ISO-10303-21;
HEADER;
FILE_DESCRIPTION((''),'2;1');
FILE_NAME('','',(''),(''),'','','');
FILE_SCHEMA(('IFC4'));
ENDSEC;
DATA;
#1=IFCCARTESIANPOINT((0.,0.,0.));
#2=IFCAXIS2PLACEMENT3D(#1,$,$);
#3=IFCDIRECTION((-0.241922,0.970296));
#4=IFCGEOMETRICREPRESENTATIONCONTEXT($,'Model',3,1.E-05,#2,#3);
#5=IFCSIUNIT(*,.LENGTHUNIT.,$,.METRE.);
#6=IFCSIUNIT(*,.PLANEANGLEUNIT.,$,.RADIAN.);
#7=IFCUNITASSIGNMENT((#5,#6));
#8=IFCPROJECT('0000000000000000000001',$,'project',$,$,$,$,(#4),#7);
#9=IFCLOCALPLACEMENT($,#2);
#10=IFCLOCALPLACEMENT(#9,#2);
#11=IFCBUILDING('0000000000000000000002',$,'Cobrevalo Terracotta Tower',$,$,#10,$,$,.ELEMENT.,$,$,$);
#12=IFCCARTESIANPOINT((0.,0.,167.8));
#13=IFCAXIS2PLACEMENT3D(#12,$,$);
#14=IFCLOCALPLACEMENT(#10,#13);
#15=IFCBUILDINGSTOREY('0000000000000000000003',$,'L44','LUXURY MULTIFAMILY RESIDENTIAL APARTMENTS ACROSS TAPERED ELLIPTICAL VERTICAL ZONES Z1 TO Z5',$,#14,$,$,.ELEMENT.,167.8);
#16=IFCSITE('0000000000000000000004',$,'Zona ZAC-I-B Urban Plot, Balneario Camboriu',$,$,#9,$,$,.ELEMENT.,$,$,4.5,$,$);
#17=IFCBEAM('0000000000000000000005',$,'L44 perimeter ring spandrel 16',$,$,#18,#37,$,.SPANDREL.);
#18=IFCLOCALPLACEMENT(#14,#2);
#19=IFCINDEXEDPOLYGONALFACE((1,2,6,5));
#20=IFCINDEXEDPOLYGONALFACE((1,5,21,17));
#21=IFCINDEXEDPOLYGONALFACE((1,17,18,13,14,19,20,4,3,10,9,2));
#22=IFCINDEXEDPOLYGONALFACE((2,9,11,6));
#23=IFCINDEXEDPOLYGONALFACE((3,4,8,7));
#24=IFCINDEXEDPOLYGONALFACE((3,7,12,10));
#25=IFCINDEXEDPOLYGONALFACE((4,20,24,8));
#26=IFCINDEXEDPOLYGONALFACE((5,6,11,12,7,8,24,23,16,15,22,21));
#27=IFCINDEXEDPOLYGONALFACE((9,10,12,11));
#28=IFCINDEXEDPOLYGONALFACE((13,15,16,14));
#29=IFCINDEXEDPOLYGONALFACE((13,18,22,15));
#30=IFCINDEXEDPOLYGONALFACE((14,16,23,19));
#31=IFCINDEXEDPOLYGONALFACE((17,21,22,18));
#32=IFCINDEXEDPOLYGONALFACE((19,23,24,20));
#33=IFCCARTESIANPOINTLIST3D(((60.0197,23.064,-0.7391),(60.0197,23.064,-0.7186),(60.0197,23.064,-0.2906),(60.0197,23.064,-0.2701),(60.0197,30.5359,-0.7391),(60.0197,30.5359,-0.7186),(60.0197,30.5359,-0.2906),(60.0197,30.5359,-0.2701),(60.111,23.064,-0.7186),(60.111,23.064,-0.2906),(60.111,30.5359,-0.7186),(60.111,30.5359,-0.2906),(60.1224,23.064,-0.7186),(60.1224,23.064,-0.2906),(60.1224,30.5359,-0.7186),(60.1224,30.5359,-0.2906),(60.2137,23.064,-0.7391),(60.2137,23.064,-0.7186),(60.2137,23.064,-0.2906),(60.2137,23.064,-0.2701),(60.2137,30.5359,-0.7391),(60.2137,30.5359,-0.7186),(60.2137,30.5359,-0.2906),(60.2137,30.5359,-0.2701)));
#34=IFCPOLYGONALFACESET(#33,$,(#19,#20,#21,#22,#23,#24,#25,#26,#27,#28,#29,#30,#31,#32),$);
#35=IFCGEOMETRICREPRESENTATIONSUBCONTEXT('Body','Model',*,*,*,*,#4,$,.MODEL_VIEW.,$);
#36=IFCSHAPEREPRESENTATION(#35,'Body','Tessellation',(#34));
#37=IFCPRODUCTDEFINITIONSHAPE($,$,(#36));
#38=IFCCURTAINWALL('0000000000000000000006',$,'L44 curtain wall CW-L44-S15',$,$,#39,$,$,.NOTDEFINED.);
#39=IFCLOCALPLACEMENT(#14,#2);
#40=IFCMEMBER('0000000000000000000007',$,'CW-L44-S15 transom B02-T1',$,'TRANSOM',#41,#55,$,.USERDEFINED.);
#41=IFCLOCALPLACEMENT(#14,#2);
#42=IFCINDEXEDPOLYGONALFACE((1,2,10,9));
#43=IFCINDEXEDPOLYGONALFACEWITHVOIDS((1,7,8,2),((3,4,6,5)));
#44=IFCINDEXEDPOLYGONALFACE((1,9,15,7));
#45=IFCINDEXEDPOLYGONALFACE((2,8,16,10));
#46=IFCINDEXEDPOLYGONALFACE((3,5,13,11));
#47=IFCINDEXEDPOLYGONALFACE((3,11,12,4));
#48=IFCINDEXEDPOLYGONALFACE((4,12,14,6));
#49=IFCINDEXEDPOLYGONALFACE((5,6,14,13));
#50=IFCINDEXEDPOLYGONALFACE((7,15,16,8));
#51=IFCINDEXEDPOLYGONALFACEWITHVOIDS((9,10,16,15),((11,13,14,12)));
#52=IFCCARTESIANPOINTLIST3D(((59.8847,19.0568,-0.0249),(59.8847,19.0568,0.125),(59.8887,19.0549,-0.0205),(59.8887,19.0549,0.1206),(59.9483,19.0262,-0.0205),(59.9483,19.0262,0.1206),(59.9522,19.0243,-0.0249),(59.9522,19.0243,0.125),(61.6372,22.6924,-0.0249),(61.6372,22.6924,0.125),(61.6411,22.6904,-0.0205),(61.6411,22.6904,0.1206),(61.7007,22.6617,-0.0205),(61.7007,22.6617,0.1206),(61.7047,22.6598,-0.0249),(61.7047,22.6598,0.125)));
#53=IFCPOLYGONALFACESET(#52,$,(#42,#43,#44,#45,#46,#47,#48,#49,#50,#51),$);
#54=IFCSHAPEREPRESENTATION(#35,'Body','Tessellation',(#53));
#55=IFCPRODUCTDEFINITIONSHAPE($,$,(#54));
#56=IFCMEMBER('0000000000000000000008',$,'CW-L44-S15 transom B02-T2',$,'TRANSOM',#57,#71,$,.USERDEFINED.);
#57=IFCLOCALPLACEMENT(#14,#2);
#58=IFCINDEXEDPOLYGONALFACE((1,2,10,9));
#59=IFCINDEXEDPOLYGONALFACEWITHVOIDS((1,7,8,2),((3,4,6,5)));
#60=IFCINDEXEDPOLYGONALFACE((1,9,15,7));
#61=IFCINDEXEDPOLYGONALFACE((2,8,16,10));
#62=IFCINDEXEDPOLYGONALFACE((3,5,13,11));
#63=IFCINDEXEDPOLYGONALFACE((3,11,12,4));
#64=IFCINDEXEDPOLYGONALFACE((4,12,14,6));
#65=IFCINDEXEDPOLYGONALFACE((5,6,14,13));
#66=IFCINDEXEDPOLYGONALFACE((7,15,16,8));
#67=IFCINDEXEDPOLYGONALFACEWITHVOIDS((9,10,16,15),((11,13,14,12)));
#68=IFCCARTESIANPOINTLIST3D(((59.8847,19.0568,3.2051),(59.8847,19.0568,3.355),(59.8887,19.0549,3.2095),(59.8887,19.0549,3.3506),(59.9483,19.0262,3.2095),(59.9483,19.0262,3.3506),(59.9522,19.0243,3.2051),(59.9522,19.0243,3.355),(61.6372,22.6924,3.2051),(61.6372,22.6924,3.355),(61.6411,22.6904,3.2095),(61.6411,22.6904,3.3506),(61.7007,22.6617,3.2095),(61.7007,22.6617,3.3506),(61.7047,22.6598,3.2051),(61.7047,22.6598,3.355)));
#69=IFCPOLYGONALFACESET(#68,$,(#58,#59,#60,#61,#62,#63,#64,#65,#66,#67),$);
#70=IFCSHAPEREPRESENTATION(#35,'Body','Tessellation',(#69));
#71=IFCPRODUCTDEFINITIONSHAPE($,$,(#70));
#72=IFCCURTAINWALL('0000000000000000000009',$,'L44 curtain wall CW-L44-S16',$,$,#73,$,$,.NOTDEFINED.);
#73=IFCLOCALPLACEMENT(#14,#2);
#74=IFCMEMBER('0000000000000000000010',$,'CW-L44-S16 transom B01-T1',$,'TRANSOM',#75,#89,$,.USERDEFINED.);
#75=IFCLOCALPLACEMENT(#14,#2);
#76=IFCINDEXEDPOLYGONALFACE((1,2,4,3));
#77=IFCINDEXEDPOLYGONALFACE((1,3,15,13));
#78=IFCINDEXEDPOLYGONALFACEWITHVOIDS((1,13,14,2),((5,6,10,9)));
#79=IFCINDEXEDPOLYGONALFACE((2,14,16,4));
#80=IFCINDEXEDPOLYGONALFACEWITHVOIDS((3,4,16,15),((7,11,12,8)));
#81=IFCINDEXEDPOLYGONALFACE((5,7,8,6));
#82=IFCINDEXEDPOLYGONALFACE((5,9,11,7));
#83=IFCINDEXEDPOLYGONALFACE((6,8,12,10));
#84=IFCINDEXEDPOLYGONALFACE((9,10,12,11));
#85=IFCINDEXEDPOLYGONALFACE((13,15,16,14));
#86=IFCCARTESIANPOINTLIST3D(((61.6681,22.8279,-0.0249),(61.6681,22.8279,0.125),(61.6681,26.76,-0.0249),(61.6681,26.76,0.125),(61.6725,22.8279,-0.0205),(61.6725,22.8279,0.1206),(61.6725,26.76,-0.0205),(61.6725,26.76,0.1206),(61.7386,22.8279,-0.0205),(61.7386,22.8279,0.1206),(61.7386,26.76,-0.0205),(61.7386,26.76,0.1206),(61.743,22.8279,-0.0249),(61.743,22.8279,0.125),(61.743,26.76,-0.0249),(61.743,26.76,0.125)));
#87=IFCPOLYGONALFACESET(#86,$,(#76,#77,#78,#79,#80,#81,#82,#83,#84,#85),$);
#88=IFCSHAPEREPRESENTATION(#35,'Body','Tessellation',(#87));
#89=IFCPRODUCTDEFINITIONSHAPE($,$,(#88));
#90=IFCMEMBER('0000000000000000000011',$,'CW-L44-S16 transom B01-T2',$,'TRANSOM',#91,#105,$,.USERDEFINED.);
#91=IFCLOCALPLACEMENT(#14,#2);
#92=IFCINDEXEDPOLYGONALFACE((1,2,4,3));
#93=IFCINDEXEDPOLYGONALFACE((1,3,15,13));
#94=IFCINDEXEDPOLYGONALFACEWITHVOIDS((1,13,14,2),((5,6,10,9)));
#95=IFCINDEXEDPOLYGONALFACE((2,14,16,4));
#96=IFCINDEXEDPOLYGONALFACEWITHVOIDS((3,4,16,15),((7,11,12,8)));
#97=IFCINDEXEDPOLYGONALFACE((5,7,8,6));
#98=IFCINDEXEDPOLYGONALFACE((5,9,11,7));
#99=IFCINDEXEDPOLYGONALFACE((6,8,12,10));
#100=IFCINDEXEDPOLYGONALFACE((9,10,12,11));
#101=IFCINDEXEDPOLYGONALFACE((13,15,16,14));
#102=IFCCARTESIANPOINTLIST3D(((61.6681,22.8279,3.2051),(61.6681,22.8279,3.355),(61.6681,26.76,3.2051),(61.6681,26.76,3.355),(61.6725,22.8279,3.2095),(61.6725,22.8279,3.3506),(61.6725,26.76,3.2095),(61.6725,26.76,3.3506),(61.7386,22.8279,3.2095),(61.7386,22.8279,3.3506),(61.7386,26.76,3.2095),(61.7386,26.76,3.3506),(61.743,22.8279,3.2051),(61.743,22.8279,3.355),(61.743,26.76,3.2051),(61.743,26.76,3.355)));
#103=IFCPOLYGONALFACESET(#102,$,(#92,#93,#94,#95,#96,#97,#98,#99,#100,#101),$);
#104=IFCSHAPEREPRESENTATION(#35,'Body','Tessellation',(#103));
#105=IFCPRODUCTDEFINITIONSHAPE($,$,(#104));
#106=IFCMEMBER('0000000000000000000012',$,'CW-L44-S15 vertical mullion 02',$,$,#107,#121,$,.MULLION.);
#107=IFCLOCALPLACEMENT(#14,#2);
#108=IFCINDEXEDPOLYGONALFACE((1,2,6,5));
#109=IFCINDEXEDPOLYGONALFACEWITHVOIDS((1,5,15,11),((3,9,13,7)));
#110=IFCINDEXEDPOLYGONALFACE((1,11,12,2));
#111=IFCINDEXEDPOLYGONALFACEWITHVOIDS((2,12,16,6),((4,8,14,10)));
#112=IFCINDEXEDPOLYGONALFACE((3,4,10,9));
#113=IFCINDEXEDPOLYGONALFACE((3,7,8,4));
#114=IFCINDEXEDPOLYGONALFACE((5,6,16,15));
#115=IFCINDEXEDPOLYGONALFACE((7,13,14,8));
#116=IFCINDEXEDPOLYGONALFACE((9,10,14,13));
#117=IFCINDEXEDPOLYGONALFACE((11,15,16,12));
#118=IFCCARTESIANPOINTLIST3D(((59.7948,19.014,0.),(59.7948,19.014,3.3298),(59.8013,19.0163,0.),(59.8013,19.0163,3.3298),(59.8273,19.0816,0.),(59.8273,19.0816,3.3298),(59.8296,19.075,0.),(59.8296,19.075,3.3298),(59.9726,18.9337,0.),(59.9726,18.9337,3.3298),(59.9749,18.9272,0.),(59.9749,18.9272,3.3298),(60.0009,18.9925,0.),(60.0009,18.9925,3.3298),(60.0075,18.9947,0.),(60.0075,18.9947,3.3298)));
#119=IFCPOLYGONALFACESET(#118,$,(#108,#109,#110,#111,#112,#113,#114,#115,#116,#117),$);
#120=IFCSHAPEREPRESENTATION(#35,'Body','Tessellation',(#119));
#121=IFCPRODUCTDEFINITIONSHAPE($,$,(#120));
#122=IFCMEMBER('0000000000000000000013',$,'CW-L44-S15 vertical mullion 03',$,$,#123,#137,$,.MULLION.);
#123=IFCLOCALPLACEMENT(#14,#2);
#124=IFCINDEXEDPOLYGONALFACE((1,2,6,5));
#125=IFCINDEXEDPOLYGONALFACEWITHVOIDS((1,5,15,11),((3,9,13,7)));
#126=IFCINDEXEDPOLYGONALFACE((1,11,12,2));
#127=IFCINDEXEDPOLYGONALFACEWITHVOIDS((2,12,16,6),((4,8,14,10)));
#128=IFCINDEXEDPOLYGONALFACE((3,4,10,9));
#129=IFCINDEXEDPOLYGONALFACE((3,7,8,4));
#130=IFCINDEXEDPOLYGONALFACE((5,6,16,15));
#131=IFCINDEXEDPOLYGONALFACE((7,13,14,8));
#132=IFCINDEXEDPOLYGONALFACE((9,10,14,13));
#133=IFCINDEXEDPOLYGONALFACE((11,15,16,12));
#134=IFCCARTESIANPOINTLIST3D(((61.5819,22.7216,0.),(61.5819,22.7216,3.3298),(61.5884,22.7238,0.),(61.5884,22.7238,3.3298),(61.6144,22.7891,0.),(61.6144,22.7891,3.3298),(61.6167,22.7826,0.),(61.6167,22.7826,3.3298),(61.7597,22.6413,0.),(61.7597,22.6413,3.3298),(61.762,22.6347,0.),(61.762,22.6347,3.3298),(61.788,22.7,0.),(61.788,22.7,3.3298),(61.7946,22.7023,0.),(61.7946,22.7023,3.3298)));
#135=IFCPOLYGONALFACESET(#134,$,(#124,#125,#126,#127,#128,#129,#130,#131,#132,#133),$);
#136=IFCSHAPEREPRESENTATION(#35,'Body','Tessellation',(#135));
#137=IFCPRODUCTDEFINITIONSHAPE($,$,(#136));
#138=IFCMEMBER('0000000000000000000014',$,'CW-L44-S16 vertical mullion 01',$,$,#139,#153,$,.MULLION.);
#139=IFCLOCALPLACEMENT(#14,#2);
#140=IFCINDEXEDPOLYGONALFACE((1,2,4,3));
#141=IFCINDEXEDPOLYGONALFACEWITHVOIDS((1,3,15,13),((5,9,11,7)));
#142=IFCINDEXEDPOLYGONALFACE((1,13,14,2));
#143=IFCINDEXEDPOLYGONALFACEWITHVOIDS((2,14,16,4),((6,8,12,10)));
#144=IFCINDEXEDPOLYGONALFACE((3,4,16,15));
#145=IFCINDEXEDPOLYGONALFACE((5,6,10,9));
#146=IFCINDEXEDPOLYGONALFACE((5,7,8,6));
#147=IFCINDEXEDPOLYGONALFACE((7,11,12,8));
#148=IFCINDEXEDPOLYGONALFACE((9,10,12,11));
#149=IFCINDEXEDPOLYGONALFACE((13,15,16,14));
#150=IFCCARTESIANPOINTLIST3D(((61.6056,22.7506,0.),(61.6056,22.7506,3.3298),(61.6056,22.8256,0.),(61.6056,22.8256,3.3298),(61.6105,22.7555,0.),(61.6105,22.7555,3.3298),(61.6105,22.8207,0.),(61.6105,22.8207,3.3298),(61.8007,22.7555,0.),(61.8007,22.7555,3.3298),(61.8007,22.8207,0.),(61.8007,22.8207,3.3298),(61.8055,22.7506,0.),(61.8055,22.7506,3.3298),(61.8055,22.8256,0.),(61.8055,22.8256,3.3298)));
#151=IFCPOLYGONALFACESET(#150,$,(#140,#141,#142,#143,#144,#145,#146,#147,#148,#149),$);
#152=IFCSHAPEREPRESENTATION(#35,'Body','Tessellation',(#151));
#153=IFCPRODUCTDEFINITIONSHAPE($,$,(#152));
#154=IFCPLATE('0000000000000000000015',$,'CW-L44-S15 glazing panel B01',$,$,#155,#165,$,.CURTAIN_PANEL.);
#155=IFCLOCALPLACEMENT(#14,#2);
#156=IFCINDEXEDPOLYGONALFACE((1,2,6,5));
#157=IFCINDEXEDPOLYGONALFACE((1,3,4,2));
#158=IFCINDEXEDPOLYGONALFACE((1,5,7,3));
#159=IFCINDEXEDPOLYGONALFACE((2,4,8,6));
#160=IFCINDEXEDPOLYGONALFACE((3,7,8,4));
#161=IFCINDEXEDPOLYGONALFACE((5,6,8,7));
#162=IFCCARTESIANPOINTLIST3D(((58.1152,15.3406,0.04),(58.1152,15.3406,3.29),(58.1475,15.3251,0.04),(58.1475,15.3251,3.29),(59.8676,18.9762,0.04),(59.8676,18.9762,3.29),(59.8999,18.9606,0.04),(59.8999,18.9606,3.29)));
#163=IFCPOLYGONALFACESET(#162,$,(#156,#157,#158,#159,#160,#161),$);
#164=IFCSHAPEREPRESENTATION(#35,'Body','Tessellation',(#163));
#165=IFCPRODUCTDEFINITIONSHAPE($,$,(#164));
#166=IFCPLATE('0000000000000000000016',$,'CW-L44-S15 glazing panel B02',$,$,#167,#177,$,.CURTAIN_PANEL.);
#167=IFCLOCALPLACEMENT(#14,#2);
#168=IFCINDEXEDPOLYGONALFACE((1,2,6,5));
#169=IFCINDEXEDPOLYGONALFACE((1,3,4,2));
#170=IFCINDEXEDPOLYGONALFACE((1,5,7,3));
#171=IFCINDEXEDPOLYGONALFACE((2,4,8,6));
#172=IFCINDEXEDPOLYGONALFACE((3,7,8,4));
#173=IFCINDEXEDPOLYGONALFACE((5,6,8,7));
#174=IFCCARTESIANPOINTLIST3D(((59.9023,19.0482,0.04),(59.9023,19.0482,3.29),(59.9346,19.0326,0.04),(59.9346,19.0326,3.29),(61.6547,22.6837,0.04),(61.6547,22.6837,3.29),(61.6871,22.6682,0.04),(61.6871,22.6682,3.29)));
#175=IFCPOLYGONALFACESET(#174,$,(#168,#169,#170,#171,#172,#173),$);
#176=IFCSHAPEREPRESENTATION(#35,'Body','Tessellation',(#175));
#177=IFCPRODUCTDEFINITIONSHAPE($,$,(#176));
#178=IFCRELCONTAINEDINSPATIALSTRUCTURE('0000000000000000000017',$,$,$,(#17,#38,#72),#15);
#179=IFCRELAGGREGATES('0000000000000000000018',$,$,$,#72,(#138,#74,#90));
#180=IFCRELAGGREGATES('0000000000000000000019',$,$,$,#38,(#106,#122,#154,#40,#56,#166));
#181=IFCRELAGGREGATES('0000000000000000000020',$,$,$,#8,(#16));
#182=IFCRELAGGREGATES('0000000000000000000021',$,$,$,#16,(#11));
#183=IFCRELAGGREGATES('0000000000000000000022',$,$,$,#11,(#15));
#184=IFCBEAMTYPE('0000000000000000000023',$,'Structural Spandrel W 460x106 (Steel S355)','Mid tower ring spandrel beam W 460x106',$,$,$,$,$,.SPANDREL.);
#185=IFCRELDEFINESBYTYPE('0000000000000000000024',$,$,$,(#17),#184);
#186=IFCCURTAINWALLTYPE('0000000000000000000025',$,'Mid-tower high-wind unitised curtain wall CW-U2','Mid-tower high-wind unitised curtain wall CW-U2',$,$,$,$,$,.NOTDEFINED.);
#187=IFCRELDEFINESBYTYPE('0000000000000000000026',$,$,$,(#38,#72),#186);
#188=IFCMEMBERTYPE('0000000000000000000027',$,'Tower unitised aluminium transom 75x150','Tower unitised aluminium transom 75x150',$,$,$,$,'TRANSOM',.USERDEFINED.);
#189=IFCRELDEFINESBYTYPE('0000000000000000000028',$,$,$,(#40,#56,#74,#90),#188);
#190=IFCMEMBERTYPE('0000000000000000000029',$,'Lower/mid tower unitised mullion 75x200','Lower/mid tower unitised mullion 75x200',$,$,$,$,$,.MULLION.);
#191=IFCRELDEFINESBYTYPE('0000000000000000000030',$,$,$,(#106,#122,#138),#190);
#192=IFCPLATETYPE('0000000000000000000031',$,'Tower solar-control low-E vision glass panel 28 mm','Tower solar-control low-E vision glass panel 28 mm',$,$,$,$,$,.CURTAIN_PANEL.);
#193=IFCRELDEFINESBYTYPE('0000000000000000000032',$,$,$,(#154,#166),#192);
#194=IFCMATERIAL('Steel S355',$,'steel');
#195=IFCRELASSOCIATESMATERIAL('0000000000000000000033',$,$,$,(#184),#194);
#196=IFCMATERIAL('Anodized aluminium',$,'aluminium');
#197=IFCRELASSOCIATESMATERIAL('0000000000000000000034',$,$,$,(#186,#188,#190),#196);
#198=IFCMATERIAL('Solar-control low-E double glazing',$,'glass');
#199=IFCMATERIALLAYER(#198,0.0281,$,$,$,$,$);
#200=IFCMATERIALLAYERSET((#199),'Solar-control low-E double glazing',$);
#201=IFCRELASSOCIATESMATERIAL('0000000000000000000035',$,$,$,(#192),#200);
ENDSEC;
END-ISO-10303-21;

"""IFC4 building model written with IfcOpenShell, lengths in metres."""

from ifc_helpers import new_model, si_unit, direction, frame, origin, origin_2d, place, context, subcontext, project, spatial, rectangle, hollow_rectangle, i_section, extrude, source, transform, mapped, material, layer, layer_set, material_profile, profile_set, type_object, element, aggregate, save


model = new_model("IFC4")

# Units and contexts
model_context = context("Model", 3, precision=1e-05, world=origin(), true_north=direction((-0.241922, 0.970296)))
body_context = subcontext(model_context, "Body", "Model", "MODEL_VIEW")
ifc_project = project(units=[si_unit("LENGTHUNIT", "METRE"), si_unit("PLANEANGLEUNIT", "RADIAN")], contexts=[model_context])

# Site, building, storey
site_placement = place(None, origin())
site = spatial("IfcSite", under=ifc_project, at=site_placement, Name="Zona ZAC-I-B Urban Plot, Balneario Camboriu", CompositionType="ELEMENT", RefElevation=4.5)
building_placement = place(site_placement, origin())
building = spatial("IfcBuilding", under=site, at=building_placement, Name="Cobrevalo Terracotta Tower", CompositionType="ELEMENT")
storey_placement = place(building_placement, frame((0.0, 0.0, 167.8)))
storey = spatial("IfcBuildingStorey", under=building, at=storey_placement, Name="L44", Description="LUXURY MULTIFAMILY RESIDENTIAL APARTMENTS ACROSS TAPERED ELLIPTICAL VERTICAL ZONES Z1 TO Z5", CompositionType="ELEMENT", Elevation=167.8)

# Shared definitions
ifc_material_1 = material(Name="Steel S355", Category="steel")

# Beam
ifc_material_profile_1 = material_profile(ifc_material_1, i_section(OverallWidth=0.1941, OverallDepth=0.469, WebThickness=0.0115, FlangeThickness=0.0205, at=origin_2d()), Name="W 460x106")
ifc_profile_set_1 = profile_set([ifc_material_profile_1], Name="Steel S355")
beam_type_1 = type_object("IfcBeamType", Name="Structural Spandrel W 460x106 (Steel S355)", Description="Mid tower ring spandrel beam W 460x106", PredefinedType="SPANDREL", material=ifc_profile_set_1)
beam_1_placement = place(storey_placement, frame((60.1167, 23.064, -0.5046), z_axis=(0.0, 1.0, 0.0), x_axis=(-1.0, 0.0, 0.0)))
element("IfcBeam", 1, at=beam_1_placement, inside=storey, type_object=beam_type_1, Name="L44 perimeter ring spandrel 16", PredefinedType="SPANDREL", context=body_context, shape_type="SweptSolid", body=[
    extrude(i_section(OverallWidth=0.1941, OverallDepth=0.469, WebThickness=0.0115, FlangeThickness=0.0205, at=origin_2d()), origin(), (0.0, 0.0, 1.0), 7.4719),
])

# Curtain walls, members
ifc_material_2 = material(Name="Anodized aluminium", Category="aluminium")
curtain_wall_type = type_object("IfcCurtainWallType", Name="Mid-tower high-wind unitised curtain wall CW-U2", Description="Mid-tower high-wind unitised curtain wall CW-U2", PredefinedType="NOTDEFINED", material=ifc_material_2)
curtain_wall_1_placement = place(storey_placement, origin())
curtain_wall_1 = element("IfcCurtainWall", 2, at=curtain_wall_1_placement, inside=storey, type_object=curtain_wall_type, Name="L44 curtain wall CW-L44-S15", PredefinedType="NOTDEFINED")
ifc_material_profile_2 = material_profile(ifc_material_2, hollow_rectangle(XDim=0.075, YDim=0.1499, WallThickness=0.0044, at=origin_2d()), Name="CWT 75x150")
ifc_profile_set_2 = profile_set([ifc_material_profile_2], Name="Anodized aluminium")
member_type_1 = type_object("IfcMemberType", Name="Tower unitised aluminium transom 75x150", Description="Tower unitised aluminium transom 75x150", ElementType="TRANSOM", PredefinedType="USERDEFINED", material=ifc_profile_set_2)
shared_shape_1 = source(origin(), body_context, "Body", "SweptSolid", [
    extrude(hollow_rectangle(XDim=0.075, YDim=0.1499, WallThickness=0.0044, at=origin_2d()), origin(), (0.0, 0.0, 1.0), 4.0359),
])
member_1_placement = place(storey_placement, frame((59.9185, 19.0405, 0.05), z_axis=(0.434221, 0.900806, 0.0), x_axis=(-0.900806, 0.434221, 0.0)))
member_1 = element("IfcMember", 3, at=member_1_placement, type_object=member_type_1, Name="CW-L44-S15 transom B02-T1", ObjectType="TRANSOM", PredefinedType="USERDEFINED", context=body_context, shape_type="MappedRepresentation", body=[
    mapped(shared_shape_1, transform((0.0, 0.0, 0.0), scale=1.0)),
])
member_2_placement = place(storey_placement, frame((59.9185, 19.0405, 3.28), z_axis=(0.434221, 0.900806, 0.0), x_axis=(-0.900806, 0.434221, 0.0)))
member_2 = element("IfcMember", 4, at=member_2_placement, type_object=member_type_1, Name="CW-L44-S15 transom B02-T2", ObjectType="TRANSOM", PredefinedType="USERDEFINED", context=body_context, shape_type="MappedRepresentation", body=[
    mapped(shared_shape_1, transform((0.0, 0.0, 0.0), scale=1.0)),
])
curtain_wall_2_placement = place(storey_placement, origin())
curtain_wall_2 = element("IfcCurtainWall", 5, at=curtain_wall_2_placement, inside=storey, type_object=curtain_wall_type, Name="L44 curtain wall CW-L44-S16", PredefinedType="NOTDEFINED")
shared_shape_2 = source(origin(), body_context, "Body", "SweptSolid", [
    extrude(hollow_rectangle(XDim=0.075, YDim=0.1499, WallThickness=0.0044, at=origin_2d()), origin(), (0.0, 0.0, 1.0), 3.9321),
])
member_3_placement = place(storey_placement, frame((61.7056, 22.8279, 0.05), z_axis=(0.0, 1.0, 0.0), x_axis=(-1.0, 0.0, 0.0)))
member_3 = element("IfcMember", 6, at=member_3_placement, type_object=member_type_1, Name="CW-L44-S16 transom B01-T1", ObjectType="TRANSOM", PredefinedType="USERDEFINED", context=body_context, shape_type="MappedRepresentation", body=[
    mapped(shared_shape_2, transform((0.0, 0.0, 0.0), scale=1.0)),
])
member_4_placement = place(storey_placement, frame((61.7056, 22.8279, 3.28), z_axis=(0.0, 1.0, 0.0), x_axis=(-1.0, 0.0, 0.0)))
member_4 = element("IfcMember", 7, at=member_4_placement, type_object=member_type_1, Name="CW-L44-S16 transom B01-T2", ObjectType="TRANSOM", PredefinedType="USERDEFINED", context=body_context, shape_type="MappedRepresentation", body=[
    mapped(shared_shape_2, transform((0.0, 0.0, 0.0), scale=1.0)),
])

# Members
ifc_material_profile_3 = material_profile(ifc_material_2, hollow_rectangle(XDim=0.075, YDim=0.2, WallThickness=0.0049, at=origin_2d()), Name="CWM 75x200")
ifc_profile_set_3 = profile_set([ifc_material_profile_3], Name="Anodized aluminium")
member_type_2 = type_object("IfcMemberType", Name="Lower/mid tower unitised mullion 75x200", Description="Lower/mid tower unitised mullion 75x200", PredefinedType="MULLION", material=ifc_profile_set_3)
shared_shape_3 = source(origin(), body_context, "Body", "SweptSolid", [
    extrude(hollow_rectangle(XDim=0.075, YDim=0.2, WallThickness=0.0049, at=origin_2d()), origin(), (0.0, 0.0, 1.0), 3.3298),
])
member_5_placement = place(storey_placement, frame((59.9011, 19.0044, 0.0), z_axis=(0.0, 0.0, 1.0), x_axis=(0.434209, 0.900812, 0.0)))
member_5 = element("IfcMember", 8, at=member_5_placement, type_object=member_type_2, Name="CW-L44-S15 vertical mullion 02", PredefinedType="MULLION", context=body_context, shape_type="MappedRepresentation", body=[
    mapped(shared_shape_3, transform((0.0, 0.0, 0.0), scale=1.0)),
])
member_6_placement = place(storey_placement, frame((61.6882, 22.7119, 0.0), z_axis=(0.0, 0.0, 1.0), x_axis=(0.434209, 0.900812, 0.0)))
member_6 = element("IfcMember", 9, at=member_6_placement, type_object=member_type_2, Name="CW-L44-S15 vertical mullion 03", PredefinedType="MULLION", context=body_context, shape_type="MappedRepresentation", body=[
    mapped(shared_shape_3, transform((0.0, 0.0, 0.0), scale=1.0)),
])
member_7_placement = place(storey_placement, frame((61.7056, 22.7881, 0.0), z_axis=(0.0, 0.0, 1.0), x_axis=(0.0, 1.0, 0.0)))
member_7 = element("IfcMember", 10, at=member_7_placement, type_object=member_type_2, Name="CW-L44-S16 vertical mullion 01", PredefinedType="MULLION", context=body_context, shape_type="MappedRepresentation", body=[
    mapped(shared_shape_3, transform((0.0, 0.0, 0.0), scale=1.0)),
])
aggregate(curtain_wall_2, [member_7, member_3, member_4])

# Plates
ifc_material_3 = material(Name="Solar-control low-E double glazing", Category="glass")
ifc_layer_1 = layer(ifc_material_3, 0.0281)
ifc_layer_set_1 = layer_set([ifc_layer_1], Name="Solar-control low-E double glazing")
plate_type = type_object("IfcPlateType", Name="Tower solar-control low-E vision glass panel 28 mm", Description="Tower solar-control low-E vision glass panel 28 mm", PredefinedType="CURTAIN_PANEL", material=ifc_layer_set_1)
shared_shape_4 = source(origin(), body_context, "Body", "SweptSolid", [
    extrude(rectangle(XDim=4.0359, YDim=0.0359, at=origin_2d()), origin(), (0.0, 0.0, 1.0), 3.25),
])
plate_1_placement = place(storey_placement, frame((59.0076, 17.1506, 0.04), z_axis=(0.0, 0.0, 1.0), x_axis=(0.434209, 0.900812, 0.0)))
plate_1 = element("IfcPlate", 11, at=plate_1_placement, type_object=plate_type, Name="CW-L44-S15 glazing panel B01", PredefinedType="CURTAIN_PANEL", context=body_context, shape_type="MappedRepresentation", body=[
    mapped(shared_shape_4, transform((0.0, 0.0, 0.0), scale=1.0)),
])
plate_2_placement = place(storey_placement, frame((60.7947, 20.8582, 0.04), z_axis=(0.0, 0.0, 1.0), x_axis=(0.434209, 0.900812, 0.0)))
plate_2 = element("IfcPlate", 12, at=plate_2_placement, type_object=plate_type, Name="CW-L44-S15 glazing panel B02", PredefinedType="CURTAIN_PANEL", context=body_context, shape_type="MappedRepresentation", body=[
    mapped(shared_shape_4, transform((0.0, 0.0, 0.0), scale=1.0)),
])
aggregate(curtain_wall_1, [member_5, member_6, plate_1, member_1, member_2, plate_2])

save(model, "model.ifc")
